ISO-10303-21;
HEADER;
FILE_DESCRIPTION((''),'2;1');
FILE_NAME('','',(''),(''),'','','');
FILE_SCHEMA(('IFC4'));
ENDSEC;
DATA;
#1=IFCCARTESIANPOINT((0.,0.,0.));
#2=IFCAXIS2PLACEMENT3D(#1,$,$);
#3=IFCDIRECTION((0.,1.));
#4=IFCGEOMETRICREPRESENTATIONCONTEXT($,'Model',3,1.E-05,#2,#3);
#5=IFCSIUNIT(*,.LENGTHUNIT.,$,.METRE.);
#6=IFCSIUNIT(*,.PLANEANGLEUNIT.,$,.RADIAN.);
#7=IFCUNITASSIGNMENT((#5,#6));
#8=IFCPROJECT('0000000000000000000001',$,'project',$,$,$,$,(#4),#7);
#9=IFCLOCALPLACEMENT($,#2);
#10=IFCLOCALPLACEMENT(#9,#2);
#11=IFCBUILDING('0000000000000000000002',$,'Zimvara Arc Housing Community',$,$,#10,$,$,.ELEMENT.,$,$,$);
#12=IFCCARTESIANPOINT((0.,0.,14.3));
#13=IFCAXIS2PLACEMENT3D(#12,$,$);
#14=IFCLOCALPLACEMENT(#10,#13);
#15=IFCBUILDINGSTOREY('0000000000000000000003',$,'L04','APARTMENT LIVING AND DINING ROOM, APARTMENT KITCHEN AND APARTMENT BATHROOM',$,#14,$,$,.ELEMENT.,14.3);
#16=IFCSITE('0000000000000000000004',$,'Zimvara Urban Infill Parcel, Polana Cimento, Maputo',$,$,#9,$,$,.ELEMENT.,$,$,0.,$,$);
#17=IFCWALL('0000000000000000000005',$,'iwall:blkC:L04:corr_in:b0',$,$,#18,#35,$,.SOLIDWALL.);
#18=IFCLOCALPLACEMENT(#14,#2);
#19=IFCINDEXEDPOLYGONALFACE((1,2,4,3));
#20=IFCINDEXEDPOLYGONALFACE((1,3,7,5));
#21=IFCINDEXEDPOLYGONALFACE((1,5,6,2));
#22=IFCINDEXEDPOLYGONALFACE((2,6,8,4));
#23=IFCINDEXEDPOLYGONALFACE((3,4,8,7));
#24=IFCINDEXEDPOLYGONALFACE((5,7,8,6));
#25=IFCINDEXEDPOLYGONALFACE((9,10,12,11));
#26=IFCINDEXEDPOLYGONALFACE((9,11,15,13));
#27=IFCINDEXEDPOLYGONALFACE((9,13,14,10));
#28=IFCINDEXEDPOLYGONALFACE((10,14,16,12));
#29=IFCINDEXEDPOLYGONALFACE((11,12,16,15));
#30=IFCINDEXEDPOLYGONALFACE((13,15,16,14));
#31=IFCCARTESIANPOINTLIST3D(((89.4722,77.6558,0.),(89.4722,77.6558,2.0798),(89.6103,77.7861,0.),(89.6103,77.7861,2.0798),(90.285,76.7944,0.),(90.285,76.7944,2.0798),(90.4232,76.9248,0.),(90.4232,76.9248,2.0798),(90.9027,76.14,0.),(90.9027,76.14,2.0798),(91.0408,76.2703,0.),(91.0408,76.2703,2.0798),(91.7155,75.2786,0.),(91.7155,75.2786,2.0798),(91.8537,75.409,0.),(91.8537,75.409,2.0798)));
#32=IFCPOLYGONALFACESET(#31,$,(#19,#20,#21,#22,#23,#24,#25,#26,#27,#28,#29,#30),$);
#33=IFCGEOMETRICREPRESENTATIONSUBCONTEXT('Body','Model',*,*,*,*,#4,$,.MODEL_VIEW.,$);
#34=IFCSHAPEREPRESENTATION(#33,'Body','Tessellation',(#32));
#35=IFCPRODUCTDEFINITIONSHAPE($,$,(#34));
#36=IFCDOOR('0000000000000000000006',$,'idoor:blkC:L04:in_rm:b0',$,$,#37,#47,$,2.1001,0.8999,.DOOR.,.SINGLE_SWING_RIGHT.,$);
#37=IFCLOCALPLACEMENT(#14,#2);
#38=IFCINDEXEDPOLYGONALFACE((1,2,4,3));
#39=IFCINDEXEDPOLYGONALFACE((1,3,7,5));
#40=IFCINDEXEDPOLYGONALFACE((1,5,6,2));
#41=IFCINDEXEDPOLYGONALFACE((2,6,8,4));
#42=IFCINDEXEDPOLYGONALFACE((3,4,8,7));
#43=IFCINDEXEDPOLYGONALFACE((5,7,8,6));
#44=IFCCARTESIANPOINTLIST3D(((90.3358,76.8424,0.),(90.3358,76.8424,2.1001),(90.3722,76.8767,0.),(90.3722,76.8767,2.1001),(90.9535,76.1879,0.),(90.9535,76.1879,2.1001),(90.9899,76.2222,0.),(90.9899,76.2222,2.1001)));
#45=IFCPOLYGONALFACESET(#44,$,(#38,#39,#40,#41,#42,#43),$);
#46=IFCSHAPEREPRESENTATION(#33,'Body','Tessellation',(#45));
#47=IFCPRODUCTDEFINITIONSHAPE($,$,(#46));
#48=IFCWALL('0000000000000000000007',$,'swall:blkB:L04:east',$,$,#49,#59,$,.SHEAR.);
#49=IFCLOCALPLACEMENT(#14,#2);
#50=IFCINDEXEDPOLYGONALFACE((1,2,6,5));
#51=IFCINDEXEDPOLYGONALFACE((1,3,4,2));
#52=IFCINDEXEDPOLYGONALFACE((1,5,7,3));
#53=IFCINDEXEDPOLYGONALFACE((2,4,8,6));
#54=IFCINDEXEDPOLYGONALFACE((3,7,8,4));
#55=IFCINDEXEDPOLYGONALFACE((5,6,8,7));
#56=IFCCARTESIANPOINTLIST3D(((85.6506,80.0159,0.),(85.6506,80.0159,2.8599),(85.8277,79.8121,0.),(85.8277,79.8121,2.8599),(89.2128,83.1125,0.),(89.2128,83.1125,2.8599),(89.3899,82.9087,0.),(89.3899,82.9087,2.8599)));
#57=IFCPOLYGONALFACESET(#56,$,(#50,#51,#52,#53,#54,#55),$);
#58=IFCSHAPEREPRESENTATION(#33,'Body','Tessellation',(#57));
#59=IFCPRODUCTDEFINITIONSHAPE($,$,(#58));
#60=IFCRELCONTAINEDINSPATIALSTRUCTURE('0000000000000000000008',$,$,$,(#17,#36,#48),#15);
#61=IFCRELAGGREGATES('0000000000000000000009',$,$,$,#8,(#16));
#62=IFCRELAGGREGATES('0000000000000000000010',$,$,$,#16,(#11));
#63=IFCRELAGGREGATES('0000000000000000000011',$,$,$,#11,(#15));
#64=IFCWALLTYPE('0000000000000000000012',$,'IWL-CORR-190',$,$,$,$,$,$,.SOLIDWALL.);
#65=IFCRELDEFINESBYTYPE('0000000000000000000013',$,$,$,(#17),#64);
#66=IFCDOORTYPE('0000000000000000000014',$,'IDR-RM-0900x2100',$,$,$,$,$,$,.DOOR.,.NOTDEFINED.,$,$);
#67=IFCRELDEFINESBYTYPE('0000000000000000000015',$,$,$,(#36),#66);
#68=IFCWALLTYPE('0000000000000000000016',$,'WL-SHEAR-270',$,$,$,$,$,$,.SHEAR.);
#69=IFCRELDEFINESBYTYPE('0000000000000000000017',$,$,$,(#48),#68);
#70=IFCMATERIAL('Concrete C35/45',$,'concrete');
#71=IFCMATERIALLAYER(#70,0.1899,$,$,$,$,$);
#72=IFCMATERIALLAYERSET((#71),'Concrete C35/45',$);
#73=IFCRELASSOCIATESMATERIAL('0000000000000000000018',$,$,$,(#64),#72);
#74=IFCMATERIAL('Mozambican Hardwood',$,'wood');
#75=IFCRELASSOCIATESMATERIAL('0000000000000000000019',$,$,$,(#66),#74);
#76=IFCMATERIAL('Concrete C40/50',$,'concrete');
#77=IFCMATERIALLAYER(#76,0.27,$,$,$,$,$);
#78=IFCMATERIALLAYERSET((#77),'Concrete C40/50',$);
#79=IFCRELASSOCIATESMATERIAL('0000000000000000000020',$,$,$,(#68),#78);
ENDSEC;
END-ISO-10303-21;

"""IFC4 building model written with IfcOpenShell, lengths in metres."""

from ifc_helpers import new_model, si_unit, direction, frame, frame_2d, origin, place, context, subcontext, project, spatial, rectangle, extrude, material, layer, layer_set, type_object, element, fill, save


model = new_model("IFC4")

# Units and contexts
model_context = context("Model", 3, precision=1e-05, world=origin(), true_north=direction((0.0, 1.0)))
body_context = subcontext(model_context, "Body", "Model", "MODEL_VIEW")
ifc_project = project(units=[si_unit("LENGTHUNIT", "METRE"), si_unit("PLANEANGLEUNIT", "RADIAN")], contexts=[model_context])

# Site, building, storey
site_placement = place(None, origin())
site = spatial("IfcSite", under=ifc_project, at=site_placement, Name="Zimvara Urban Infill Parcel, Polana Cimento, Maputo", CompositionType="ELEMENT", RefElevation=0.0)
building_placement = place(site_placement, origin())
building = spatial("IfcBuilding", under=site, at=building_placement, Name="Zimvara Arc Housing Community", CompositionType="ELEMENT")
storey_placement = place(building_placement, frame((0.0, 0.0, 14.3)))
storey = spatial("IfcBuildingStorey", under=building, at=storey_placement, Name="L04", Description="APARTMENT LIVING AND DINING ROOM, APARTMENT KITCHEN AND APARTMENT BATHROOM", CompositionType="ELEMENT", Elevation=14.3)

# Wall, opening, door
ifc_material_1 = material(Name="Concrete C35/45", Category="concrete")
ifc_layer_1 = layer(ifc_material_1, 0.1899)
ifc_layer_set_1 = layer_set([ifc_layer_1], Name="Concrete C35/45")
wall_type_1 = type_object("IfcWallType", Name="IWL-CORR-190", PredefinedType="SOLIDWALL", material=ifc_layer_set_1)
wall_1_placement = place(storey_placement, frame((89.5413, 77.7209, 0.0), z_axis=(0.0, 0.0, 1.0), x_axis=(0.686345, -0.727276, 0.0)))
wall_1 = element("IfcWall", 1, at=wall_1_placement, inside=storey, type_object=wall_type_1, Name="iwall:blkC:L04:corr_in:b0", PredefinedType="SOLIDWALL", context=body_context, shape_type="SweptSolid", body=[
    extrude(rectangle(XDim=3.2686, YDim=0.1899, at=frame_2d((1.6343, 0.0))), origin(), (0.0, 0.0, 1.0), 2.0798),
])
opening_1_placement = place(wall_1_placement, frame((1.1843, 0.0, 0.0)))
opening_1 = element("IfcOpeningElement", 2, at=opening_1_placement, cuts=wall_1, PredefinedType="OPENING", context=body_context, shape_type="SweptSolid", body=[
    extrude(rectangle(XDim=0.8999, YDim=2.1001, at=frame_2d((0.45, 1.05))), frame((0.0, 0.105, 0.0), z_axis=(0.0, -1.0, 0.0), x_axis=(1.0, 0.0, 0.0)), (0.0, 0.0, 1.0), 0.21),
])
ifc_material_2 = material(Name="Mozambican Hardwood", Category="wood")
door_type_1 = type_object("IfcDoorType", Name="IDR-RM-0900x2100", OperationType="NOTDEFINED", PredefinedType="DOOR", material=ifc_material_2)
door_1_placement = place(opening_1_placement, origin())
door_1 = element("IfcDoor", 3, at=door_1_placement, inside=storey, type_object=door_type_1, Name="idoor:blkC:L04:in_rm:b0", OperationType="SINGLE_SWING_RIGHT", OverallHeight=2.1001, OverallWidth=0.8999, PredefinedType="DOOR", context=body_context, shape_type="SweptSolid", body=[
    extrude(rectangle(XDim=0.8999, YDim=2.1001, at=frame_2d((0.45, 1.05))), frame((0.0, 0.0249, 0.0), z_axis=(0.0, -1.0, 0.0), x_axis=(1.0, 0.0, 0.0)), (0.0, 0.0, 1.0), 0.05),
])
fill(opening_1, door_1)

# Wall
ifc_material_3 = material(Name="Concrete C40/50", Category="concrete")
ifc_layer_2 = layer(ifc_material_3, 0.27)
ifc_layer_set_2 = layer_set([ifc_layer_2], Name="Concrete C40/50")
wall_type_2 = type_object("IfcWallType", Name="WL-SHEAR-270", PredefinedType="SHEAR", material=ifc_layer_set_2)
wall_2_placement = place(storey_placement, frame((85.7393, 79.9141, 0.0), z_axis=(0.0, 0.0, 1.0), x_axis=(0.754704, 0.656066, 0.0)))
element("IfcWall", 4, at=wall_2_placement, inside=storey, type_object=wall_type_2, Name="swall:blkB:L04:east", PredefinedType="SHEAR", context=body_context, shape_type="SweptSolid", body=[
    extrude(rectangle(XDim=4.72, YDim=0.27, at=frame_2d((2.3599, 0.0))), origin(), (0.0, 0.0, 1.0), 2.8599),
])

save(model, "model.ifc")
